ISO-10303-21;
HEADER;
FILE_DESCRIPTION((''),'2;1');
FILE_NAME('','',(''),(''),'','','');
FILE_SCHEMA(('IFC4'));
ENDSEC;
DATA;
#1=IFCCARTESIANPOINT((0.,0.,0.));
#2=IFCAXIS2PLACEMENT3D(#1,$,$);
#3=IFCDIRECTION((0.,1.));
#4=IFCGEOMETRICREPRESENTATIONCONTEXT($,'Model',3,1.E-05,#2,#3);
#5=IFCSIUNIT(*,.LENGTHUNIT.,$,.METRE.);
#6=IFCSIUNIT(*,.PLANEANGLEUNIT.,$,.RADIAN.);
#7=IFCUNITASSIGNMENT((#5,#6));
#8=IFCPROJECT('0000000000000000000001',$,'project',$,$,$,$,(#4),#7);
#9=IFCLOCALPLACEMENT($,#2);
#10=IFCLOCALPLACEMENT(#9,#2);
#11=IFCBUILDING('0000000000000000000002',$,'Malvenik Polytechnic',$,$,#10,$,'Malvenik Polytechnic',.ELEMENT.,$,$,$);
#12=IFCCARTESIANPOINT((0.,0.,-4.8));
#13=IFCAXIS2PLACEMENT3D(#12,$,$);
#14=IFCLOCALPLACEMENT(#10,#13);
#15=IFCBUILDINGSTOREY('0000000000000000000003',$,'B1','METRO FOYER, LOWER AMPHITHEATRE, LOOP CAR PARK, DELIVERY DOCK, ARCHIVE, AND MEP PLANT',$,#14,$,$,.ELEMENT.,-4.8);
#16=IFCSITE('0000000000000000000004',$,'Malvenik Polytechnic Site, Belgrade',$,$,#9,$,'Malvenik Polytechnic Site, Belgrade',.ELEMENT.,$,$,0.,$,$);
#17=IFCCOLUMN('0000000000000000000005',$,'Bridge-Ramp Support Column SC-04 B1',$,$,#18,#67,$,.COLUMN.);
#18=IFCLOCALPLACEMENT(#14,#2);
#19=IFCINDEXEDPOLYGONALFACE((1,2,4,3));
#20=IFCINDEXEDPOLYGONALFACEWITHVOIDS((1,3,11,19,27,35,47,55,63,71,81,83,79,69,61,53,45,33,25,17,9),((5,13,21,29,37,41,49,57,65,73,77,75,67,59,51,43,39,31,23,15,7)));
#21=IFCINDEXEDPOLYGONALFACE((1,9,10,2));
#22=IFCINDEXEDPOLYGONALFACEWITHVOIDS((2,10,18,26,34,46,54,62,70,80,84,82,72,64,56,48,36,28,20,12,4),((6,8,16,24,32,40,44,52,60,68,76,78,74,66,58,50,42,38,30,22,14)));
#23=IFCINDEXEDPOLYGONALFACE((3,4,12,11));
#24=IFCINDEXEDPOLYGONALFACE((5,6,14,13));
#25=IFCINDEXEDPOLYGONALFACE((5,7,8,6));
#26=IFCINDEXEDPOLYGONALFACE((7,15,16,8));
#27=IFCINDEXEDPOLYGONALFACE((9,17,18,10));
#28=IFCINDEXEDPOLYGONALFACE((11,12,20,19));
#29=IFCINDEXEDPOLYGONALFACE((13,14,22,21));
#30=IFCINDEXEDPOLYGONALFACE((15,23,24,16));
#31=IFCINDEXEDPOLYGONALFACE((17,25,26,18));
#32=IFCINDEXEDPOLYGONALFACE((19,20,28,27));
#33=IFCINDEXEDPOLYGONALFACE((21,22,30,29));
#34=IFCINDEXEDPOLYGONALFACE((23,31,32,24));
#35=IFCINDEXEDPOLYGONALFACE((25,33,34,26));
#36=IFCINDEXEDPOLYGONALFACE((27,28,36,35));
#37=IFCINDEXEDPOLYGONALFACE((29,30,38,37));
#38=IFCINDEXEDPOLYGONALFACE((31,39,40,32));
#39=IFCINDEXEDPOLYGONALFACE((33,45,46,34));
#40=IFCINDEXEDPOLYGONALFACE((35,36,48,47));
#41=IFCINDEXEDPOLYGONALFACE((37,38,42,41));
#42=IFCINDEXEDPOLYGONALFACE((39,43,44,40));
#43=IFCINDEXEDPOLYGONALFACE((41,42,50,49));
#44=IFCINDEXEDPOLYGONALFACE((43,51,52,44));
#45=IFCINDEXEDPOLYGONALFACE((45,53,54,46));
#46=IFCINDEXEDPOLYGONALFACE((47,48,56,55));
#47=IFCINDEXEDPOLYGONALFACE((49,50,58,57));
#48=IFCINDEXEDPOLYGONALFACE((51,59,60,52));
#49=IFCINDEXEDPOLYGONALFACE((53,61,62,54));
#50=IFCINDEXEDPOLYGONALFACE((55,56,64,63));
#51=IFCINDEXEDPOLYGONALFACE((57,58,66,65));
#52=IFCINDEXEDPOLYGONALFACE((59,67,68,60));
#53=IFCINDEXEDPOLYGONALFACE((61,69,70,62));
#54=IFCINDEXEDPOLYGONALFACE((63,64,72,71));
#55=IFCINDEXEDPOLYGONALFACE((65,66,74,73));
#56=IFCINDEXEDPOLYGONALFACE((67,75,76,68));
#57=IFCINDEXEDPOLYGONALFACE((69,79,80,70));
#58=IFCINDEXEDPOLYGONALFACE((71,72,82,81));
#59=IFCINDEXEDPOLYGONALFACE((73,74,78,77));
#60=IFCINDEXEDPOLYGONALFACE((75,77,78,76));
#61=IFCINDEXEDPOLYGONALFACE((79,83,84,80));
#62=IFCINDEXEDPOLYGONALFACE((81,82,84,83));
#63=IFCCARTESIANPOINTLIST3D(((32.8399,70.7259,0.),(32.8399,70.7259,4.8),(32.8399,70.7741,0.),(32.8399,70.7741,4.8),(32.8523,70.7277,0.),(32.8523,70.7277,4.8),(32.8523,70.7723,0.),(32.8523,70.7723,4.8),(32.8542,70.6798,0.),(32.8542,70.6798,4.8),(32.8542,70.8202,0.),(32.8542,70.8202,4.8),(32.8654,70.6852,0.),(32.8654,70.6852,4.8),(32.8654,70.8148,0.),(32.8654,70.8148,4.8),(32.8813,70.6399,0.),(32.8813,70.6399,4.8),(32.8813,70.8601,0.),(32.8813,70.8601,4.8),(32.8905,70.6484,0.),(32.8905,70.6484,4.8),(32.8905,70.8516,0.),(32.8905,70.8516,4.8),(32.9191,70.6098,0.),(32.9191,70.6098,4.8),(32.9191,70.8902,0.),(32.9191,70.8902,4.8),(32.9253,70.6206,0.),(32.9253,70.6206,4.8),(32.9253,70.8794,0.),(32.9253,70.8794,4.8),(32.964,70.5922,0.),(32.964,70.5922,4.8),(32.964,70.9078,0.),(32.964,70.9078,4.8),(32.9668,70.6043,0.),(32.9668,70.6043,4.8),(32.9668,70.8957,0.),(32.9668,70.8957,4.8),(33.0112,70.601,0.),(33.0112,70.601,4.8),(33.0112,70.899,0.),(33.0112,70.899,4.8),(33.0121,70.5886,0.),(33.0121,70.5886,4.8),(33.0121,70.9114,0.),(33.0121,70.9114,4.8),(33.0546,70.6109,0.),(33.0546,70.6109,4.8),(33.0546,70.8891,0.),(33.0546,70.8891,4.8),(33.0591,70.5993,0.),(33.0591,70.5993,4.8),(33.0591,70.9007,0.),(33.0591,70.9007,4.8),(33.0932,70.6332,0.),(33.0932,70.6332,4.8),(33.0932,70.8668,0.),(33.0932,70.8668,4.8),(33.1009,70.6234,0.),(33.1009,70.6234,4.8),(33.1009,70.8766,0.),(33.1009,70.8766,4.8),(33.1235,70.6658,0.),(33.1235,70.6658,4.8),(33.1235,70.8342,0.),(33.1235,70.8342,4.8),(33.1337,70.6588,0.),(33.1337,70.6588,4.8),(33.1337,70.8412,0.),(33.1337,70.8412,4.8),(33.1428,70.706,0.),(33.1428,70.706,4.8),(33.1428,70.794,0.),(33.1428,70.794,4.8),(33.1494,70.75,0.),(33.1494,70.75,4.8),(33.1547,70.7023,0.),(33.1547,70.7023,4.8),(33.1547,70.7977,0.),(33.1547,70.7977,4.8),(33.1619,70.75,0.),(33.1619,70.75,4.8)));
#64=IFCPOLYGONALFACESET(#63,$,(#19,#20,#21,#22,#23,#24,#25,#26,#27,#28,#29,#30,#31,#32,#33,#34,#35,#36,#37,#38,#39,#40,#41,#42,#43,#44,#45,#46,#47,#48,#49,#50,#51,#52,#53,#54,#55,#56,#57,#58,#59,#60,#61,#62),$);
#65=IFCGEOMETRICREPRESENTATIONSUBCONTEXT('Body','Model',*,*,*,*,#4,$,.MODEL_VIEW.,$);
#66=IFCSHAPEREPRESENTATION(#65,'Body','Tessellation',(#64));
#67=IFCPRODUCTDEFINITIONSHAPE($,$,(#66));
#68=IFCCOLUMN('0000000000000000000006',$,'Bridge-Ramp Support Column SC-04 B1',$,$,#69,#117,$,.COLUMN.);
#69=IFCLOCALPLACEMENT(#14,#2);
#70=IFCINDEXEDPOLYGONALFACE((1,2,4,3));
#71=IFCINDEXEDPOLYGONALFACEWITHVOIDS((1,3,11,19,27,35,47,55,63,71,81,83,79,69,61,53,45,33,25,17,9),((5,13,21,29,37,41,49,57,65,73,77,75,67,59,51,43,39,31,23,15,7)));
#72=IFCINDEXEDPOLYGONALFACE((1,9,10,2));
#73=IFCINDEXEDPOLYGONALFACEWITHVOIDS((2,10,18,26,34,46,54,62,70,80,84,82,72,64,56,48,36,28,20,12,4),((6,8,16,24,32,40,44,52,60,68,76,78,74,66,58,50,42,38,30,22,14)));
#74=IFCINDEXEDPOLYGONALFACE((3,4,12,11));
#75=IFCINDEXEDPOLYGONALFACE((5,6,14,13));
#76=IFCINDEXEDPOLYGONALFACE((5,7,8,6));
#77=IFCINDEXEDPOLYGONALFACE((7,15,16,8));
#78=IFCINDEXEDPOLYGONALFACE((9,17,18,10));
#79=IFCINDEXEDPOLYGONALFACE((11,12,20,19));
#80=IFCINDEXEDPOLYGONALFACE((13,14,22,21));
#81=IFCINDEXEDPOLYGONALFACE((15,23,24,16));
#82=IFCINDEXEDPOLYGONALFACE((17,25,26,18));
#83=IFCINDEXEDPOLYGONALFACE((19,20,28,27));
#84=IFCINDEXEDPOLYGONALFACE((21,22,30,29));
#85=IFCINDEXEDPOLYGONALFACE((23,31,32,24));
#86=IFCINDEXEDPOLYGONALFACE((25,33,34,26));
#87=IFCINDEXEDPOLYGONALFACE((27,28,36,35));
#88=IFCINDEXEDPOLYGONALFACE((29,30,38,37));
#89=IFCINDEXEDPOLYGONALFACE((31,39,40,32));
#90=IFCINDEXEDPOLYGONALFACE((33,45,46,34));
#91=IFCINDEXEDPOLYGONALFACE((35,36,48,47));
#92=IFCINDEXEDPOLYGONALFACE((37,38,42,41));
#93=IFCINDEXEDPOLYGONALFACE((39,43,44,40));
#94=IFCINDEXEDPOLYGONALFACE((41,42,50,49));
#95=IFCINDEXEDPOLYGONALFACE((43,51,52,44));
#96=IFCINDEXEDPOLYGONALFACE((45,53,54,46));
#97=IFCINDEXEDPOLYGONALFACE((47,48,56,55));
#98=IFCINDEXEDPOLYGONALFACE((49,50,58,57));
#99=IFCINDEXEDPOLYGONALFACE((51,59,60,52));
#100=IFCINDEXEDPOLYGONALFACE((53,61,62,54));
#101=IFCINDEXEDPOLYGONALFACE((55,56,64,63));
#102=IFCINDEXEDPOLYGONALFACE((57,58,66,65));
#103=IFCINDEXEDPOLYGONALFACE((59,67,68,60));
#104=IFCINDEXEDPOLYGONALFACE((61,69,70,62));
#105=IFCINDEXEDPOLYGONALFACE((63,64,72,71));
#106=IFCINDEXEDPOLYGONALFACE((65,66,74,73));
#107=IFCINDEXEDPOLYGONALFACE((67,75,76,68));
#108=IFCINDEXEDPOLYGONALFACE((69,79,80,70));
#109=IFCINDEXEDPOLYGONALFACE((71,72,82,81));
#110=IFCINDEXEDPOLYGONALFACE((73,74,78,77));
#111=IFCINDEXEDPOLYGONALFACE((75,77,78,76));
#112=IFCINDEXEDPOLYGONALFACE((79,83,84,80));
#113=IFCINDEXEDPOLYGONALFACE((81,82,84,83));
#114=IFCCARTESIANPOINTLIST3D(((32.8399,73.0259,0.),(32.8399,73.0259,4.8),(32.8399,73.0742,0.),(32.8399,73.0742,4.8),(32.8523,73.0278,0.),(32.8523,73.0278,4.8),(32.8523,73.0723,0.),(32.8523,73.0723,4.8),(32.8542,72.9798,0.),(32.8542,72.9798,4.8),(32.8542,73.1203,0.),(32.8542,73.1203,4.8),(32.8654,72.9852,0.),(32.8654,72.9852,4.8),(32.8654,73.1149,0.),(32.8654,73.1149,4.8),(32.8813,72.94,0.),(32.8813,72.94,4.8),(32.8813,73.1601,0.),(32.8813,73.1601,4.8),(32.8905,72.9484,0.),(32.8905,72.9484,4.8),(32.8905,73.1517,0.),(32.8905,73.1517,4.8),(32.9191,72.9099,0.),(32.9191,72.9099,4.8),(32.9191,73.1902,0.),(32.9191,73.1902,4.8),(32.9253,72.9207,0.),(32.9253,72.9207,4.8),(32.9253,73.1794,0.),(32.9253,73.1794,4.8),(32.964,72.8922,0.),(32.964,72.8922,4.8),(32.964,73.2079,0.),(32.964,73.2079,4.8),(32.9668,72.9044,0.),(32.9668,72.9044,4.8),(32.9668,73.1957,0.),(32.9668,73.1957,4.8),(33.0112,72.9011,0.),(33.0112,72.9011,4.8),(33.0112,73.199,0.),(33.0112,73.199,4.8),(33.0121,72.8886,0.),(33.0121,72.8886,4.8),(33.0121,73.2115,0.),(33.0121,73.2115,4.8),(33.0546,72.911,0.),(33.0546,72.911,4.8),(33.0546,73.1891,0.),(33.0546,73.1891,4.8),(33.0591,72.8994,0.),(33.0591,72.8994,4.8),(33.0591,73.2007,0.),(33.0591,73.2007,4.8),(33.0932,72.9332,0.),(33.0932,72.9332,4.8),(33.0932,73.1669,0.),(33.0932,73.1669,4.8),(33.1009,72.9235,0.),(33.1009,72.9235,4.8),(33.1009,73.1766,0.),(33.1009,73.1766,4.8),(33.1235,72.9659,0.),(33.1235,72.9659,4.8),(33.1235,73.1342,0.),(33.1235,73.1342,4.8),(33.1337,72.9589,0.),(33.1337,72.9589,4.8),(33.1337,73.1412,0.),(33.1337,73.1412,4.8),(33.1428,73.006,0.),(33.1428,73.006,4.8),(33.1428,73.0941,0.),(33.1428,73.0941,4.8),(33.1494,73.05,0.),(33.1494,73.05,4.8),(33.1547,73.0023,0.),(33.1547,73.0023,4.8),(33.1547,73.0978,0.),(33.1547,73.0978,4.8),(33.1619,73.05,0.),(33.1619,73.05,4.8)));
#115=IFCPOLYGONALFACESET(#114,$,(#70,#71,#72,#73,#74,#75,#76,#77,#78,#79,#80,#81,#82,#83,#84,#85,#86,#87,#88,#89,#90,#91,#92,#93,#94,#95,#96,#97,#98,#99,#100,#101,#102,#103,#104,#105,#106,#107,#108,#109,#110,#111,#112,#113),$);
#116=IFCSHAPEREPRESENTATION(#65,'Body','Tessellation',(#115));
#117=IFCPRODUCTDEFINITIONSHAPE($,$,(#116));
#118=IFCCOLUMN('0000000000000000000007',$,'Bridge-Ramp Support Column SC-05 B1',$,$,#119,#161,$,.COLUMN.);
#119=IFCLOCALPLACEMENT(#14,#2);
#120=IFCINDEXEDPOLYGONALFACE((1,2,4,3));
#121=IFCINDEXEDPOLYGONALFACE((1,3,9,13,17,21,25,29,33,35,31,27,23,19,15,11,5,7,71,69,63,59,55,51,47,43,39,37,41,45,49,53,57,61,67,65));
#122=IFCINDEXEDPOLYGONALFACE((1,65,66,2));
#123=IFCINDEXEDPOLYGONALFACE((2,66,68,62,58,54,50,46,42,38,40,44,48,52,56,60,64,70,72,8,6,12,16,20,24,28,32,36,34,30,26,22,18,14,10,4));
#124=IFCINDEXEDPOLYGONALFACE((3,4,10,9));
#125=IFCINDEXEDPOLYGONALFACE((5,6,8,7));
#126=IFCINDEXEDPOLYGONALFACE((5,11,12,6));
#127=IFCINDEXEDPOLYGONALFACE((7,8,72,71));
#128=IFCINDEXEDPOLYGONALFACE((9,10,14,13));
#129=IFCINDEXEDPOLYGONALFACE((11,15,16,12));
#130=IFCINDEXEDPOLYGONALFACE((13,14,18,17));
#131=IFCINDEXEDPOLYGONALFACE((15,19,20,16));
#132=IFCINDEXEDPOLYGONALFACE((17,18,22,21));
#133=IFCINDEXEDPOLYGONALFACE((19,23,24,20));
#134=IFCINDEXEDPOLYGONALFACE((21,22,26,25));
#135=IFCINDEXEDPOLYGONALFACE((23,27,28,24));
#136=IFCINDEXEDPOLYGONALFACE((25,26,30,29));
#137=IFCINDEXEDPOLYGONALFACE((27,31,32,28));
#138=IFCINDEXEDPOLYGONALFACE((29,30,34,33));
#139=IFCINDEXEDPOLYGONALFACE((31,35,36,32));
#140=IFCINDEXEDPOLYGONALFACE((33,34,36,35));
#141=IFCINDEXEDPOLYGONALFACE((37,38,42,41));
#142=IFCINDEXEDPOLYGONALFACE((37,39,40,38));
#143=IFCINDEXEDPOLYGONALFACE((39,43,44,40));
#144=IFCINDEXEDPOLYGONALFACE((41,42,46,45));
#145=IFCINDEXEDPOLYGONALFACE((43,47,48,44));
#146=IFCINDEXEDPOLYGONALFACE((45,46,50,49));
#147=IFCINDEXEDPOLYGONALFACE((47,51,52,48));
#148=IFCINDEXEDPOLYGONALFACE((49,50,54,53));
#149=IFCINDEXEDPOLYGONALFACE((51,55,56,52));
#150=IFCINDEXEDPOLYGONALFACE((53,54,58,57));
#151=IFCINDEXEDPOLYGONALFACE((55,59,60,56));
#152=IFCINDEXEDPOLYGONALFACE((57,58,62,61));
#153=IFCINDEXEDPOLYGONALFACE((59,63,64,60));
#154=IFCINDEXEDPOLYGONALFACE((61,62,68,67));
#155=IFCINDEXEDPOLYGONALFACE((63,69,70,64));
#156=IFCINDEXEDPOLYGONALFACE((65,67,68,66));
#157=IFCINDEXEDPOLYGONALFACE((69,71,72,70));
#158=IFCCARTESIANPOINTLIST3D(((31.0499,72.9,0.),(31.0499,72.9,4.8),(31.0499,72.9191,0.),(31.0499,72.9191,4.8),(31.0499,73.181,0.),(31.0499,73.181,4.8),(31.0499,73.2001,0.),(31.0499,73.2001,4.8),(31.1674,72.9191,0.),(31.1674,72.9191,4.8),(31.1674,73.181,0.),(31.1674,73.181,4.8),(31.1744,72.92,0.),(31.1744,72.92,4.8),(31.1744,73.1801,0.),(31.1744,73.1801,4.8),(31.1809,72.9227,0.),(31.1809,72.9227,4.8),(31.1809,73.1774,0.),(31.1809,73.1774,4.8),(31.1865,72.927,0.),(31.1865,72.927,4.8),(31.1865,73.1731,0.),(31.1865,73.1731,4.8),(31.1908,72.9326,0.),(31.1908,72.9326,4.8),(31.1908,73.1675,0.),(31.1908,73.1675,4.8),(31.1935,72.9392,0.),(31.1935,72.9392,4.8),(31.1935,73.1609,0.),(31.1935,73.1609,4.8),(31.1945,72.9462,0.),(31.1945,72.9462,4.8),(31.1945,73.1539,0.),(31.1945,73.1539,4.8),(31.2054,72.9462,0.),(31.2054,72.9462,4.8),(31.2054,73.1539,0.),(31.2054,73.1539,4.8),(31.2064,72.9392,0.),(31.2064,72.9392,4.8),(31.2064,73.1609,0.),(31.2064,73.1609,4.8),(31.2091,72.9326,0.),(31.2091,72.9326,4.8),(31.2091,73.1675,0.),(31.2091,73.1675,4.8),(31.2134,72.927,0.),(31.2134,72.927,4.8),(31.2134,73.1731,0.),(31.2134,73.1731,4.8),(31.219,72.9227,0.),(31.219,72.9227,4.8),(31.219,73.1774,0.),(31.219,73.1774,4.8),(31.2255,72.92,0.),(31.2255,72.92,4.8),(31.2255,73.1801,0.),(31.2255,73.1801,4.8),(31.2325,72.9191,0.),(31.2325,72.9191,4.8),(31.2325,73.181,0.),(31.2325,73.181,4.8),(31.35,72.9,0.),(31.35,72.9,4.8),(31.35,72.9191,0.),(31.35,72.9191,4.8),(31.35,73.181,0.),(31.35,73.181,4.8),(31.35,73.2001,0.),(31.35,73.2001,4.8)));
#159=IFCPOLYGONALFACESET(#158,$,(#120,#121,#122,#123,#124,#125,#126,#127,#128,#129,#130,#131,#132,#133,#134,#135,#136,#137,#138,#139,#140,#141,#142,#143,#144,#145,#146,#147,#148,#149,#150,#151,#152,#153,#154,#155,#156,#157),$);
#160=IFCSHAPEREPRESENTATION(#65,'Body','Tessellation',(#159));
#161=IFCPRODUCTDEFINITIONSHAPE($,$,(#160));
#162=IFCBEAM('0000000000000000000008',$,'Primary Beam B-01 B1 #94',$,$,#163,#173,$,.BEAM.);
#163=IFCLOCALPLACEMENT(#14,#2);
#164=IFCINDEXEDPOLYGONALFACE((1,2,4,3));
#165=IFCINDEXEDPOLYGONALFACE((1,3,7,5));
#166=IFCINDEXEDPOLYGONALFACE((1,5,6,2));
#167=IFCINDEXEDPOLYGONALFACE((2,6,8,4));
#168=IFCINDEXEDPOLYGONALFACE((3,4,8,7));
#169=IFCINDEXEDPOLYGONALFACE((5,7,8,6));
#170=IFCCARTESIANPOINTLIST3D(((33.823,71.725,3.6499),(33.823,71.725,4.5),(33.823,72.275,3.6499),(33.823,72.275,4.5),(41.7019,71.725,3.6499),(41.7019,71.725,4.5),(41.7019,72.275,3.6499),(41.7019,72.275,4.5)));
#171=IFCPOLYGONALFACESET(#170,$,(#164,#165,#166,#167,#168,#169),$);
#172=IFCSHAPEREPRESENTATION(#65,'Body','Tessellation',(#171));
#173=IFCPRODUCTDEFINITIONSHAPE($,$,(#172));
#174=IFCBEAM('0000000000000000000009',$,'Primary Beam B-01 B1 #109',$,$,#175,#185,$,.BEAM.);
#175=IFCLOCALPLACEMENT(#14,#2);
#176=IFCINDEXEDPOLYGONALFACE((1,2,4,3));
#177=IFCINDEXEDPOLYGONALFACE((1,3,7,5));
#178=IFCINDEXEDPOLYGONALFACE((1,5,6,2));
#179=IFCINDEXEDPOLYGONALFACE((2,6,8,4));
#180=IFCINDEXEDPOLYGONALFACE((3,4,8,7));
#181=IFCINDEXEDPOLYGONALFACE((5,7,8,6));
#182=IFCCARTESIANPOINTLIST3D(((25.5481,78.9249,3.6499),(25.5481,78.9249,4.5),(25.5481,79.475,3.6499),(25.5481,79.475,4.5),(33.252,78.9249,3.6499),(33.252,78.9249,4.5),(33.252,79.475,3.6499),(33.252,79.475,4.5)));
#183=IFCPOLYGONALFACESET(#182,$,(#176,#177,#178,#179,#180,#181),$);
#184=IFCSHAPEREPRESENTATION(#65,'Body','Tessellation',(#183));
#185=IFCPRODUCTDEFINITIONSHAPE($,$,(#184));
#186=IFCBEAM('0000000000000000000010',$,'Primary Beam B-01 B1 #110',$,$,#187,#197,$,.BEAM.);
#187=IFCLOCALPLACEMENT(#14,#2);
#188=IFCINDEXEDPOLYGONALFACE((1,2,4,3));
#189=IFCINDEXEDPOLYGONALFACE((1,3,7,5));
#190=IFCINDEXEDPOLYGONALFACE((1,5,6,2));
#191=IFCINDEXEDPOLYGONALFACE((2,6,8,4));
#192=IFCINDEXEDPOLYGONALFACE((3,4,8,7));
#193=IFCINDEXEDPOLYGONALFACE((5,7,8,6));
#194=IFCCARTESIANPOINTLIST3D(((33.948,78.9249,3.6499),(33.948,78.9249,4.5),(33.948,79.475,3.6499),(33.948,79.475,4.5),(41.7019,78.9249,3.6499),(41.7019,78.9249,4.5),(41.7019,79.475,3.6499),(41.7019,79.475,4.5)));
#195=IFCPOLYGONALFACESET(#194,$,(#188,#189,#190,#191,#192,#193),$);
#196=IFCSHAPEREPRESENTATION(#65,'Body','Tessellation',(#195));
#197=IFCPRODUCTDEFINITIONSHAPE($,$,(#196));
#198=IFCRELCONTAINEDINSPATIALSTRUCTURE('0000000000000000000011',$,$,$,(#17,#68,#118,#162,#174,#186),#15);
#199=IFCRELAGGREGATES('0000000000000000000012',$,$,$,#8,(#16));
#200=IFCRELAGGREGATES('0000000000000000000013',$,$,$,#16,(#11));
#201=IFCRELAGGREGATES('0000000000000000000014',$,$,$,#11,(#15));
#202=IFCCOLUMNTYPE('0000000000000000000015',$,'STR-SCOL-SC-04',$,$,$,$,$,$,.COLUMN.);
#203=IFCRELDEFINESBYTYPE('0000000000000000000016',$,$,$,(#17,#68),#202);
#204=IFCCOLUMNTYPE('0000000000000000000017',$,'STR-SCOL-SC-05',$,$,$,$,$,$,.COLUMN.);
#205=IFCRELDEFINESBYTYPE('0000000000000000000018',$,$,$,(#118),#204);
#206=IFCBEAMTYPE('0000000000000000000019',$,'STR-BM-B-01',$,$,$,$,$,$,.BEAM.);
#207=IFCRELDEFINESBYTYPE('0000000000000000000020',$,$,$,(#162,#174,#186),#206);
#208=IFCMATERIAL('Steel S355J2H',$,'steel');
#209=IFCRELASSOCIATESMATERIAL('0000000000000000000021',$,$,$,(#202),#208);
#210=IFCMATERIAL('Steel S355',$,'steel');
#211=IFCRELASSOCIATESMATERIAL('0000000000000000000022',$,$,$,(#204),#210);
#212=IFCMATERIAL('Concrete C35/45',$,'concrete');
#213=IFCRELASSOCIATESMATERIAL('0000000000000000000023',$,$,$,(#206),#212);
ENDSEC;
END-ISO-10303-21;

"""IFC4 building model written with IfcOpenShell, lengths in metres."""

from ifc_helpers import new_model, si_unit, direction, frame, origin, origin_2d, place, context, subcontext, project, spatial, rectangle, hollow_circle, i_section, extrude, material, material_profile, profile_set, type_object, element, save


model = new_model("IFC4")

# Units and contexts
model_context = context("Model", 3, precision=1e-05, world=origin(), true_north=direction((0.0, 1.0)))
body_context = subcontext(model_context, "Body", "Model", "MODEL_VIEW")
ifc_project = project(units=[si_unit("LENGTHUNIT", "METRE"), si_unit("PLANEANGLEUNIT", "RADIAN")], contexts=[model_context])

# Site, building, storey
site_placement = place(None, origin())
site = spatial("IfcSite", under=ifc_project, at=site_placement, Name="Malvenik Polytechnic Site, Belgrade", LongName="Malvenik Polytechnic Site, Belgrade", CompositionType="ELEMENT", RefElevation=0.0)
building_placement = place(site_placement, origin())
building = spatial("IfcBuilding", under=site, at=building_placement, Name="Malvenik Polytechnic", LongName="Malvenik Polytechnic", CompositionType="ELEMENT")
storey_placement = place(building_placement, frame((0.0, 0.0, -4.8)))
storey = spatial("IfcBuildingStorey", under=building, at=storey_placement, Name="B1", Description="METRO FOYER, LOWER AMPHITHEATRE, LOOP CAR PARK, DELIVERY DOCK, ARCHIVE, AND MEP PLANT", CompositionType="ELEMENT", Elevation=-4.8)

# Shared definitions
ifc_material_1 = material(Name="Concrete C35/45", Category="concrete")

# Columns
ifc_material_2 = material(Name="Steel S355J2H", Category="steel")
ifc_material_profile_1 = material_profile(ifc_material_2, hollow_circle(Radius=0.1619, WallThickness=0.0125, at=origin_2d()), Name="CHS 323.9x12.5")
ifc_profile_set_1 = profile_set([ifc_material_profile_1], Name="Steel S355J2H")
column_type_1 = type_object("IfcColumnType", Name="STR-SCOL-SC-04", PredefinedType="COLUMN", material=ifc_profile_set_1)
for number, where, z_axis, x_axis, name in (
    (1, (33.0, 70.75, 0.0), (0.0, 0.0, 1.0), (1.0, 0.0, 0.0), "Bridge-Ramp Support Column SC-04 B1"),
    (2, (33.0, 73.05, 0.0), (0.0, 0.0, 1.0), (1.0, 0.0, 0.0), "Bridge-Ramp Support Column SC-04 B1"),
):
    element("IfcColumn", number, at=place(storey_placement, frame(where, z_axis=z_axis, x_axis=x_axis)), inside=storey, type_object=column_type_1, Name=name, PredefinedType="COLUMN", context=body_context, shape_type="SweptSolid", body=[
        extrude(hollow_circle(Radius=0.1619, WallThickness=0.0125, at=origin_2d()), origin(), (0.0, 0.0, 1.0), 4.8),
    ])
ifc_material_3 = material(Name="Steel S355", Category="steel")
ifc_material_profile_2 = material_profile(ifc_material_3, i_section(OverallWidth=0.3, OverallDepth=0.3, WebThickness=0.011, FlangeThickness=0.019, FilletRadius=0.0271, at=origin_2d()), Name="HEB 300")
ifc_profile_set_2 = profile_set([ifc_material_profile_2], Name="Steel S355")
column_type_2 = type_object("IfcColumnType", Name="STR-SCOL-SC-05", PredefinedType="COLUMN", material=ifc_profile_set_2)
column_1_placement = place(storey_placement, frame((31.2, 73.05, 0.0), z_axis=(0.0, 0.0, 1.0), x_axis=(1.0, 0.0, 0.0)))
element("IfcColumn", 3, at=column_1_placement, inside=storey, type_object=column_type_2, Name="Bridge-Ramp Support Column SC-05 B1", PredefinedType="COLUMN", context=body_context, shape_type="SweptSolid", body=[
    extrude(i_section(OverallWidth=0.3, OverallDepth=0.3, WebThickness=0.011, FlangeThickness=0.019, FilletRadius=0.0271, at=origin_2d()), origin(), (0.0, 0.0, 1.0), 4.8),
])

# Beams
ifc_material_profile_3 = material_profile(ifc_material_1, rectangle(XDim=0.55, YDim=0.8501, at=origin_2d()), Name="RC BM 550x850")
ifc_profile_set_3 = profile_set([ifc_material_profile_3], Name="Concrete C35/45")
beam_type_1 = type_object("IfcBeamType", Name="STR-BM-B-01", PredefinedType="BEAM", material=ifc_profile_set_3)
beam_1_placement = place(storey_placement, frame((33.823, 72.0, 4.075), z_axis=(1.0, 0.0, 0.0), x_axis=(0.0, 1.0, 0.0)))
element("IfcBeam", 4, at=beam_1_placement, inside=storey, type_object=beam_type_1, Name="Primary Beam B-01 B1 #94", PredefinedType="BEAM", context=body_context, shape_type="SweptSolid", body=[
    extrude(rectangle(XDim=0.55, YDim=0.8501, at=origin_2d()), origin(), (0.0, 0.0, 1.0), 7.8789),
])
beam_2_placement = place(storey_placement, frame((25.5481, 79.2, 4.075), z_axis=(1.0, 0.0, 0.0), x_axis=(0.0, 1.0, 0.0)))
element("IfcBeam", 5, at=beam_2_placement, inside=storey, type_object=beam_type_1, Name="Primary Beam B-01 B1 #109", PredefinedType="BEAM", context=body_context, shape_type="SweptSolid", body=[
    extrude(rectangle(XDim=0.55, YDim=0.8501, at=origin_2d()), origin(), (0.0, 0.0, 1.0), 7.7039),
])
beam_3_placement = place(storey_placement, frame((33.948, 79.2, 4.075), z_axis=(1.0, 0.0, 0.0), x_axis=(0.0, 1.0, 0.0)))
element("IfcBeam", 6, at=beam_3_placement, inside=storey, type_object=beam_type_1, Name="Primary Beam B-01 B1 #110", PredefinedType="BEAM", context=body_context, shape_type="SweptSolid", body=[
    extrude(rectangle(XDim=0.55, YDim=0.8501, at=origin_2d()), origin(), (0.0, 0.0, 1.0), 7.7539),
])

save(model, "model.ifc")
